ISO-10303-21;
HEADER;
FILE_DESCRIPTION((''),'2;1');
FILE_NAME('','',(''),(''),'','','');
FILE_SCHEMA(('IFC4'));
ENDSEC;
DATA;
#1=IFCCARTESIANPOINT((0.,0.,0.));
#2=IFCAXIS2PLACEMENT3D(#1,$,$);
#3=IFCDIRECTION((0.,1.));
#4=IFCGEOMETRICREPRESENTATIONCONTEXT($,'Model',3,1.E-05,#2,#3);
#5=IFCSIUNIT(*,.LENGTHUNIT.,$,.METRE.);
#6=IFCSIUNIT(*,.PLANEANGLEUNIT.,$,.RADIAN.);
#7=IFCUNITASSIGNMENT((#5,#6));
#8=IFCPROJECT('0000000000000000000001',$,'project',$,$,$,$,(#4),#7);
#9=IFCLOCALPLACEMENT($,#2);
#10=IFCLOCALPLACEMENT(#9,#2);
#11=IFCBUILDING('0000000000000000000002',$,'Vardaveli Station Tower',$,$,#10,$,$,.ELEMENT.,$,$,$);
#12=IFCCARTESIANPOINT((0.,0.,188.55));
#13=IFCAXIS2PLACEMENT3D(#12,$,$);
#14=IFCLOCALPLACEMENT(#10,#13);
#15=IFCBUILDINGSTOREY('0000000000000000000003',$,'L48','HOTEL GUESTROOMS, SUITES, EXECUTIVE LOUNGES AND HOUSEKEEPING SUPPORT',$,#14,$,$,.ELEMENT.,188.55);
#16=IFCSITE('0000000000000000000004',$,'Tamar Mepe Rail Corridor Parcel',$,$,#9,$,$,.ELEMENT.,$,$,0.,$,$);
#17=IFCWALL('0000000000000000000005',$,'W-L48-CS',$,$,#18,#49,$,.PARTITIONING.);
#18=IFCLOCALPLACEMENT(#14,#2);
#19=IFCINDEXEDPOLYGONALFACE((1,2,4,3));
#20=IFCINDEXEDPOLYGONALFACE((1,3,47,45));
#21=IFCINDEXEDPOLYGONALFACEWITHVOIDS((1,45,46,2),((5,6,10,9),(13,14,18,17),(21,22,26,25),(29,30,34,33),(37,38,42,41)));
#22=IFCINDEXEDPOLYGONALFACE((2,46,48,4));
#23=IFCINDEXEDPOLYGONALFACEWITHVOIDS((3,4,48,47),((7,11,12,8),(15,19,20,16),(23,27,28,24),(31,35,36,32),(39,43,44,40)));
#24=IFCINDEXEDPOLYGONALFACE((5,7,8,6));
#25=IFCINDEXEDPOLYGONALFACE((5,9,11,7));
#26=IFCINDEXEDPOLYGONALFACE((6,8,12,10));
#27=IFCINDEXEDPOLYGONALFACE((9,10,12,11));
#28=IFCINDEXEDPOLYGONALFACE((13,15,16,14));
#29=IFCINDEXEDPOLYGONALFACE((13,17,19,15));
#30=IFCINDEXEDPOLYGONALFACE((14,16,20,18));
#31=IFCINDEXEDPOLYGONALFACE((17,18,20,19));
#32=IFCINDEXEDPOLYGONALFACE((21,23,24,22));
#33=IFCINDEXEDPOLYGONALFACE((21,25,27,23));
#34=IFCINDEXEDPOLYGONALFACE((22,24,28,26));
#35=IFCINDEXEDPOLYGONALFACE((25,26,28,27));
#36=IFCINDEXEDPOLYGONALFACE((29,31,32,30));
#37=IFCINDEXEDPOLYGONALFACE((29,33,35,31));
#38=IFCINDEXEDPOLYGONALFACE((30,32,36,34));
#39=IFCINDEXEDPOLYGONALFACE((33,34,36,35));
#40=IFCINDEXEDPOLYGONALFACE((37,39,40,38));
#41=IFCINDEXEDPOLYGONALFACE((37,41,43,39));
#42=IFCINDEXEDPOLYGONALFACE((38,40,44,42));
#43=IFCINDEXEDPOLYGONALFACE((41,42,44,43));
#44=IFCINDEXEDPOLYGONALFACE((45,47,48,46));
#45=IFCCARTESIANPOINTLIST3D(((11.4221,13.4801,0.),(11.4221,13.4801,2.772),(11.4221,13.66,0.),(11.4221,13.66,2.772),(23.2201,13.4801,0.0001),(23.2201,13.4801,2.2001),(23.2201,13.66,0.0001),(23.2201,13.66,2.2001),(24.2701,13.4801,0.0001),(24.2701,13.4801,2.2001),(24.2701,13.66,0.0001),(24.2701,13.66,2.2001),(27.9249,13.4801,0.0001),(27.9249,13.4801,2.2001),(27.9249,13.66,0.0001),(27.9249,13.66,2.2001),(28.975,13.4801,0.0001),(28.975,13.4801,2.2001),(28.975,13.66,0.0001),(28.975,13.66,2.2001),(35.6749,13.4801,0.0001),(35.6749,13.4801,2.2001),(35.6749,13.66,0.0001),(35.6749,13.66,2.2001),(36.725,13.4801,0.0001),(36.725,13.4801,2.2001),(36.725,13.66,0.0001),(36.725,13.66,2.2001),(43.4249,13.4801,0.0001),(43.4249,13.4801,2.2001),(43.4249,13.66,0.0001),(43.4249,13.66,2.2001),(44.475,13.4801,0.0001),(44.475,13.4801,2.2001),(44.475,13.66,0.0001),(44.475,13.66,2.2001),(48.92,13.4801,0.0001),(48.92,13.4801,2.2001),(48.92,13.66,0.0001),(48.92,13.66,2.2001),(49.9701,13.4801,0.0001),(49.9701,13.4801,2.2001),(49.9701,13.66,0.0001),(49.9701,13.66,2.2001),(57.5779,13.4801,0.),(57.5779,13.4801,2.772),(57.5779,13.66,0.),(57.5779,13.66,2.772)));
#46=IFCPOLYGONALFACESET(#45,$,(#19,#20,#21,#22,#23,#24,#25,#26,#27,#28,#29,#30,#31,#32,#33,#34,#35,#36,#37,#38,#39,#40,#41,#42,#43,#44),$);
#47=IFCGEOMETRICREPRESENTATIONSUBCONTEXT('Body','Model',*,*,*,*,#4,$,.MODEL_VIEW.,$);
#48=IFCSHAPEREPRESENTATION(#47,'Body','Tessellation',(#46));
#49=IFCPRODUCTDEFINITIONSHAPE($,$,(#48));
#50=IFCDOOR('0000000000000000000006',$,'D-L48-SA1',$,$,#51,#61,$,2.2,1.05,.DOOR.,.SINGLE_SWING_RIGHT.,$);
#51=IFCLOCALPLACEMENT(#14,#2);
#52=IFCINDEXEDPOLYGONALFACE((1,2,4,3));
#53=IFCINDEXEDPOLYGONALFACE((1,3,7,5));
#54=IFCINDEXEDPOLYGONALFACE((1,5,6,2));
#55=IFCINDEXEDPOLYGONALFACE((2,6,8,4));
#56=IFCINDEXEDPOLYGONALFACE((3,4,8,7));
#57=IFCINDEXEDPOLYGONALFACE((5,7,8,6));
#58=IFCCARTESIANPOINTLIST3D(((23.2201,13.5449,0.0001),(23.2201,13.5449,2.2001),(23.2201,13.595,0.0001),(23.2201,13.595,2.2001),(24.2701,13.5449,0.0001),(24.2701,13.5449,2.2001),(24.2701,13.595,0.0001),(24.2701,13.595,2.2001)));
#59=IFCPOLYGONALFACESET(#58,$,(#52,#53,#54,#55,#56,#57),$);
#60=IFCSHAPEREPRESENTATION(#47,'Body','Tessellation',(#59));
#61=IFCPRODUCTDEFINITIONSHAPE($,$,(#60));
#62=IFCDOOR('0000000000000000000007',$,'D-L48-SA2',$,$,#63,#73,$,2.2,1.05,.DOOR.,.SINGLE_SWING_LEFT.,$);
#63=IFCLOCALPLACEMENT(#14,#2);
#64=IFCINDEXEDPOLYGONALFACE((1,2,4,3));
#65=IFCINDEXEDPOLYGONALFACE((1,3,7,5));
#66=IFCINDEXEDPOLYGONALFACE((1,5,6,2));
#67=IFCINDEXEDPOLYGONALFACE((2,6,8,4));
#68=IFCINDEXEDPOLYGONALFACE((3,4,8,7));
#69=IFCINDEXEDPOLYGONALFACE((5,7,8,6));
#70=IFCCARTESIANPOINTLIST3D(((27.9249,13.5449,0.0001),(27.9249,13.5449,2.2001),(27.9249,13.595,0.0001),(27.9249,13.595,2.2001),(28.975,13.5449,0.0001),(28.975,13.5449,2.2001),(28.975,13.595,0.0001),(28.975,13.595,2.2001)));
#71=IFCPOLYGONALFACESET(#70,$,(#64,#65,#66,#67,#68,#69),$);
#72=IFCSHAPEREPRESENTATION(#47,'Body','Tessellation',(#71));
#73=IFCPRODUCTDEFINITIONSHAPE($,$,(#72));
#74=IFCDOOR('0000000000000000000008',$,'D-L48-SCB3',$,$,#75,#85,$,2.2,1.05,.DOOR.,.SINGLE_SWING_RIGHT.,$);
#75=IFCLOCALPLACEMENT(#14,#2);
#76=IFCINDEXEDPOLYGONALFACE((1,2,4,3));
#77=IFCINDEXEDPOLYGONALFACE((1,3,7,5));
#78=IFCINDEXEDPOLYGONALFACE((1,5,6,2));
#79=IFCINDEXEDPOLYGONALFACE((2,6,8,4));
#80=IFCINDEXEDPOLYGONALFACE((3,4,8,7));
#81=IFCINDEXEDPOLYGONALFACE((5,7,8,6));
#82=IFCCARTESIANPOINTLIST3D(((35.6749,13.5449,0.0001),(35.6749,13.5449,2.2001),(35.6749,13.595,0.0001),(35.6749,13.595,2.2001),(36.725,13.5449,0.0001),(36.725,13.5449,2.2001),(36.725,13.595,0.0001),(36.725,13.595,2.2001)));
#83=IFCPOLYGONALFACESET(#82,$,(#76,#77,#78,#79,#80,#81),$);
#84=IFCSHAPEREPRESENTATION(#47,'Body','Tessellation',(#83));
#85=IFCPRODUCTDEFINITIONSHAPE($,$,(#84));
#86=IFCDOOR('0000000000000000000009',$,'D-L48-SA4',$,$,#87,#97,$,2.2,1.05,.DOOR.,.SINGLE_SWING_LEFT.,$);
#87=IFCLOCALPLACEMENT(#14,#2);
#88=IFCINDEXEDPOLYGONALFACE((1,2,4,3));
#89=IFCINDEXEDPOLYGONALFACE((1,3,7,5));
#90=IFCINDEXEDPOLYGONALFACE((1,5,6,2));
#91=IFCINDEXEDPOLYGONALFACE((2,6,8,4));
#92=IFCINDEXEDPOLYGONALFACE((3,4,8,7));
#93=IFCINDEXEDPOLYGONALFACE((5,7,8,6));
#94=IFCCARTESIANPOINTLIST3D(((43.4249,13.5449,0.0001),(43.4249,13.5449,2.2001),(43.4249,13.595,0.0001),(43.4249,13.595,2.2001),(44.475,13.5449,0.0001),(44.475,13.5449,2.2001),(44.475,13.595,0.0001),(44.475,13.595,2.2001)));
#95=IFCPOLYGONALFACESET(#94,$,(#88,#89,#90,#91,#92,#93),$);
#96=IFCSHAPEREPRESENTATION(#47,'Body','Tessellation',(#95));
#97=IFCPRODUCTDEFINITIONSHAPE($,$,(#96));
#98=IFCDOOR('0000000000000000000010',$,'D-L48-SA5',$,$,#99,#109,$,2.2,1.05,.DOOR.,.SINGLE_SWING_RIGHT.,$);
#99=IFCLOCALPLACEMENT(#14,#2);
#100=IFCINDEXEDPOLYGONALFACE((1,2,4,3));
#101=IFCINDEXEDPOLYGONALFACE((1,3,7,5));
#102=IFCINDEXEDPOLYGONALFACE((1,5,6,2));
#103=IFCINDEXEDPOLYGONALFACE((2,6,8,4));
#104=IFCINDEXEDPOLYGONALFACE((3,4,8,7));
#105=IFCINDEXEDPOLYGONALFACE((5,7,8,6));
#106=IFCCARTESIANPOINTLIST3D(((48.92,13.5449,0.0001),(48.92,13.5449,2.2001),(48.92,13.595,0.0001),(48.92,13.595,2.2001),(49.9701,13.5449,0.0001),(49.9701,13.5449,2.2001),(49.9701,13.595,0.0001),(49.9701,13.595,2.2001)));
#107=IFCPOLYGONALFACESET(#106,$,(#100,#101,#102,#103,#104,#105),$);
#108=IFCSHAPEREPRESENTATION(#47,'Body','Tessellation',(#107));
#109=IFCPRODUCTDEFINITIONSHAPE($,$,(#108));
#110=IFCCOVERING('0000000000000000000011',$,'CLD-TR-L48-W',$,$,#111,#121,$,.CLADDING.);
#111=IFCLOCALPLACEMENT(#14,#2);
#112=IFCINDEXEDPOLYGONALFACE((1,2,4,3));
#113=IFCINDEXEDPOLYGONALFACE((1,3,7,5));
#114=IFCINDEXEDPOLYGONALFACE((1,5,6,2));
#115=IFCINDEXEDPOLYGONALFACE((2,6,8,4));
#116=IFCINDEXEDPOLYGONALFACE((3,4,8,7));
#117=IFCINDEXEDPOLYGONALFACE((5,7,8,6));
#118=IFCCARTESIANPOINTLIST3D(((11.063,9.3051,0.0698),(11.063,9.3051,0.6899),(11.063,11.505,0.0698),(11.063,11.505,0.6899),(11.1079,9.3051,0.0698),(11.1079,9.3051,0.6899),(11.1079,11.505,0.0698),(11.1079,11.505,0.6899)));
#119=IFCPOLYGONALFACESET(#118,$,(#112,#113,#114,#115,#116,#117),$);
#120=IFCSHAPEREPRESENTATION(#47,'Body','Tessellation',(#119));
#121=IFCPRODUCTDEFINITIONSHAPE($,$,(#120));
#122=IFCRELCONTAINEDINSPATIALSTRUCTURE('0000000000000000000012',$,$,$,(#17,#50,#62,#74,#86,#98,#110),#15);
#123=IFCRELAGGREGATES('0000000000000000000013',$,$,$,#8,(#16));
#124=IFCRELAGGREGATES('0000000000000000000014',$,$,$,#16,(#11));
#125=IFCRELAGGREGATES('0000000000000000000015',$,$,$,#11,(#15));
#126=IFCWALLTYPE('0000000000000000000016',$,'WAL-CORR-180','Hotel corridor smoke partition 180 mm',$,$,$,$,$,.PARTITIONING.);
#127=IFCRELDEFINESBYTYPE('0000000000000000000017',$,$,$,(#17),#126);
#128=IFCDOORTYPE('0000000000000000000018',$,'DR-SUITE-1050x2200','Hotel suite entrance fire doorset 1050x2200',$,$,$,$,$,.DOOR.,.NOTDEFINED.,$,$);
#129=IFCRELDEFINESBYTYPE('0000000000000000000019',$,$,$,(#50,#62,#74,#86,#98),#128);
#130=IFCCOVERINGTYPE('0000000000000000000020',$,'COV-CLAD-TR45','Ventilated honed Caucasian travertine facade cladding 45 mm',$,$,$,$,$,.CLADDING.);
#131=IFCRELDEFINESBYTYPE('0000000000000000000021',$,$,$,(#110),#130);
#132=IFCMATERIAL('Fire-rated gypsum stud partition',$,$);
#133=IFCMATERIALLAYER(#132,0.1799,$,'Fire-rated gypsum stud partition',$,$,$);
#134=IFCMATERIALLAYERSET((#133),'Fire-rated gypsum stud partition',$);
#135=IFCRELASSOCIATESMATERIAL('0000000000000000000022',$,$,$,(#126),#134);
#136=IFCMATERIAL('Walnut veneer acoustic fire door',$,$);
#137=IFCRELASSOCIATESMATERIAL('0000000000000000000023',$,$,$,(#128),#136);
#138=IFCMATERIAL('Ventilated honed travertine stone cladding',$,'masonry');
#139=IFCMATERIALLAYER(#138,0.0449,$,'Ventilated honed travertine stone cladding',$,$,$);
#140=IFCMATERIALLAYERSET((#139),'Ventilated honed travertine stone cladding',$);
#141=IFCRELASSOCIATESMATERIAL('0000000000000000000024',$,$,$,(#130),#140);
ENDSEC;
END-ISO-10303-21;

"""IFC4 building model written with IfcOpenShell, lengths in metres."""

from ifc_helpers import new_model, si_unit, direction, frame, frame_2d, origin, origin_2d, place, context, subcontext, project, spatial, rectangle, extrude, source, transform, mapped, material, layer, layer_set, type_object, element, fill, save


model = new_model("IFC4")

# Units and contexts
model_context = context("Model", 3, precision=1e-05, world=origin(), true_north=direction((0.0, 1.0)))
body_context = subcontext(model_context, "Body", "Model", "MODEL_VIEW")
ifc_project = project(units=[si_unit("LENGTHUNIT", "METRE"), si_unit("PLANEANGLEUNIT", "RADIAN")], contexts=[model_context])

# Site, building, storey
site_placement = place(None, origin())
site = spatial("IfcSite", under=ifc_project, at=site_placement, Name="Tamar Mepe Rail Corridor Parcel", CompositionType="ELEMENT", RefElevation=0.0)
building_placement = place(site_placement, origin())
building = spatial("IfcBuilding", under=site, at=building_placement, Name="Vardaveli Station Tower", CompositionType="ELEMENT")
storey_placement = place(building_placement, frame((0.0, 0.0, 188.55)))
storey = spatial("IfcBuildingStorey", under=building, at=storey_placement, Name="L48", Description="HOTEL GUESTROOMS, SUITES, EXECUTIVE LOUNGES AND HOUSEKEEPING SUPPORT", CompositionType="ELEMENT", Elevation=188.55)

# Wall, openings, doors
ifc_material_1 = material(Name="Fire-rated gypsum stud partition")
ifc_layer_1 = layer(ifc_material_1, 0.1799, Name="Fire-rated gypsum stud partition")
ifc_layer_set_1 = layer_set([ifc_layer_1], Name="Fire-rated gypsum stud partition")
wall_type_1 = type_object("IfcWallType", Name="WAL-CORR-180", Description="Hotel corridor smoke partition 180 mm", PredefinedType="PARTITIONING", material=ifc_layer_set_1)
shared_shape_1 = source(origin(), body_context, "Body", "SweptSolid", [
    extrude(rectangle(XDim=46.1558, YDim=0.1799, at=frame_2d((23.0779, 0.0))), origin(), (0.0, 0.0, 1.0), 2.772),
])
wall_1_placement = place(storey_placement, frame((11.4221, 13.5701, 0.0), z_axis=(0.0, 0.0, 1.0), x_axis=(1.0, 0.0, 0.0)))
wall_1 = element("IfcWall", 1, at=wall_1_placement, inside=storey, type_object=wall_type_1, Name="W-L48-CS", PredefinedType="PARTITIONING", context=body_context, shape_type="MappedRepresentation", body=[
    mapped(shared_shape_1, transform((0.0, 0.0, 0.0), scale=1.0)),
])
shared_shape_2 = source(origin(), body_context, "Body", "SweptSolid", [
    extrude(rectangle(XDim=1.05, YDim=2.2, at=frame_2d((0.5249, 1.1001))), frame((0.0, 0.1001, 0.0), z_axis=(0.0, -1.0, 0.0), x_axis=(1.0, 0.0, 0.0)), (0.0, 0.0, 1.0), 0.2),
])
opening_1_placement = place(wall_1_placement, frame((11.7981, 0.0, 0.0)))
opening_1 = element("IfcOpeningElement", 2, at=opening_1_placement, cuts=wall_1, PredefinedType="OPENING", context=body_context, shape_type="MappedRepresentation", body=[
    mapped(shared_shape_2, transform((0.0, 0.0, 0.0), scale=1.0)),
])
opening_2_placement = place(wall_1_placement, frame((16.5029, 0.0, 0.0)))
opening_2 = element("IfcOpeningElement", 3, at=opening_2_placement, cuts=wall_1, PredefinedType="OPENING", context=body_context, shape_type="MappedRepresentation", body=[
    mapped(shared_shape_2, transform((0.0, 0.0, 0.0), scale=1.0)),
])
opening_3_placement = place(wall_1_placement, frame((24.2529, 0.0, 0.0)))
opening_3 = element("IfcOpeningElement", 4, at=opening_3_placement, cuts=wall_1, PredefinedType="OPENING", context=body_context, shape_type="MappedRepresentation", body=[
    mapped(shared_shape_2, transform((0.0, 0.0, 0.0), scale=1.0)),
])
opening_4_placement = place(wall_1_placement, frame((32.0029, 0.0, 0.0)))
opening_4 = element("IfcOpeningElement", 5, at=opening_4_placement, cuts=wall_1, PredefinedType="OPENING", context=body_context, shape_type="MappedRepresentation", body=[
    mapped(shared_shape_2, transform((0.0, 0.0, 0.0), scale=1.0)),
])
opening_5_placement = place(wall_1_placement, frame((37.498, 0.0, 0.0)))
opening_5 = element("IfcOpeningElement", 6, at=opening_5_placement, cuts=wall_1, PredefinedType="OPENING", context=body_context, shape_type="MappedRepresentation", body=[
    mapped(shared_shape_2, transform((0.0, 0.0, 0.0), scale=1.0)),
])
ifc_material_2 = material(Name="Walnut veneer acoustic fire door")
door_type = type_object("IfcDoorType", Name="DR-SUITE-1050x2200", Description="Hotel suite entrance fire doorset 1050x2200", OperationType="NOTDEFINED", PredefinedType="DOOR", material=ifc_material_2)
shared_shape_3 = source(origin(), body_context, "Body", "SweptSolid", [
    extrude(rectangle(XDim=1.05, YDim=2.2, at=frame_2d((0.5249, 1.1001))), frame((0.0, 0.0249, 0.0), z_axis=(0.0, -1.0, 0.0), x_axis=(1.0, 0.0, 0.0)), (0.0, 0.0, 1.0), 0.05),
])
door_1_placement = place(opening_1_placement, origin())
door_1 = element("IfcDoor", 7, at=door_1_placement, inside=storey, type_object=door_type, Name="D-L48-SA1", OperationType="SINGLE_SWING_RIGHT", OverallHeight=2.2, OverallWidth=1.05, PredefinedType="DOOR", context=body_context, shape_type="MappedRepresentation", body=[
    mapped(shared_shape_3, transform((0.0, 0.0, 0.0), scale=1.0)),
])
fill(opening_1, door_1)
door_2_placement = place(opening_2_placement, origin())
door_2 = element("IfcDoor", 8, at=door_2_placement, inside=storey, type_object=door_type, Name="D-L48-SA2", OperationType="SINGLE_SWING_LEFT", OverallHeight=2.2, OverallWidth=1.05, PredefinedType="DOOR", context=body_context, shape_type="MappedRepresentation", body=[
    mapped(shared_shape_3, transform((0.0, 0.0, 0.0), scale=1.0)),
])
fill(opening_2, door_2)
door_3_placement = place(opening_3_placement, origin())
door_3 = element("IfcDoor", 9, at=door_3_placement, inside=storey, type_object=door_type, Name="D-L48-SCB3", OperationType="SINGLE_SWING_RIGHT", OverallHeight=2.2, OverallWidth=1.05, PredefinedType="DOOR", context=body_context, shape_type="MappedRepresentation", body=[
    mapped(shared_shape_3, transform((0.0, 0.0, 0.0), scale=1.0)),
])
fill(opening_3, door_3)
door_4_placement = place(opening_4_placement, origin())
door_4 = element("IfcDoor", 10, at=door_4_placement, inside=storey, type_object=door_type, Name="D-L48-SA4", OperationType="SINGLE_SWING_LEFT", OverallHeight=2.2, OverallWidth=1.05, PredefinedType="DOOR", context=body_context, shape_type="MappedRepresentation", body=[
    mapped(shared_shape_3, transform((0.0, 0.0, 0.0), scale=1.0)),
])
fill(opening_4, door_4)
door_5_placement = place(opening_5_placement, origin())
door_5 = element("IfcDoor", 11, at=door_5_placement, inside=storey, type_object=door_type, Name="D-L48-SA5", OperationType="SINGLE_SWING_RIGHT", OverallHeight=2.2, OverallWidth=1.05, PredefinedType="DOOR", context=body_context, shape_type="MappedRepresentation", body=[
    mapped(shared_shape_3, transform((0.0, 0.0, 0.0), scale=1.0)),
])
fill(opening_5, door_5)

# Covering
ifc_material_3 = material(Name="Ventilated honed travertine stone cladding", Category="masonry")
ifc_layer_2 = layer(ifc_material_3, 0.0449, Name="Ventilated honed travertine stone cladding")
ifc_layer_set_2 = layer_set([ifc_layer_2], Name="Ventilated honed travertine stone cladding")
covering_type = type_object("IfcCoveringType", Name="COV-CLAD-TR45", Description="Ventilated honed Caucasian travertine facade cladding 45 mm", PredefinedType="CLADDING", material=ifc_layer_set_2)
shared_shape_4 = source(origin(), body_context, "Body", "SweptSolid", [
    extrude(rectangle(XDim=2.2, YDim=0.0449, at=origin_2d()), origin(), (0.0, 0.0, 1.0), 0.6201),
])
covering_placement = place(storey_placement, frame((11.0854, 10.405, 0.0698), z_axis=(0.0, 0.0, 1.0), x_axis=(0.0, 1.0, 0.0)))
element("IfcCovering", 12, at=covering_placement, inside=storey, type_object=covering_type, Name="CLD-TR-L48-W", PredefinedType="CLADDING", context=body_context, shape_type="MappedRepresentation", body=[
    mapped(shared_shape_4, transform((0.0, 0.0, 0.0), scale=1.0)),
])

save(model, "model.ifc")
